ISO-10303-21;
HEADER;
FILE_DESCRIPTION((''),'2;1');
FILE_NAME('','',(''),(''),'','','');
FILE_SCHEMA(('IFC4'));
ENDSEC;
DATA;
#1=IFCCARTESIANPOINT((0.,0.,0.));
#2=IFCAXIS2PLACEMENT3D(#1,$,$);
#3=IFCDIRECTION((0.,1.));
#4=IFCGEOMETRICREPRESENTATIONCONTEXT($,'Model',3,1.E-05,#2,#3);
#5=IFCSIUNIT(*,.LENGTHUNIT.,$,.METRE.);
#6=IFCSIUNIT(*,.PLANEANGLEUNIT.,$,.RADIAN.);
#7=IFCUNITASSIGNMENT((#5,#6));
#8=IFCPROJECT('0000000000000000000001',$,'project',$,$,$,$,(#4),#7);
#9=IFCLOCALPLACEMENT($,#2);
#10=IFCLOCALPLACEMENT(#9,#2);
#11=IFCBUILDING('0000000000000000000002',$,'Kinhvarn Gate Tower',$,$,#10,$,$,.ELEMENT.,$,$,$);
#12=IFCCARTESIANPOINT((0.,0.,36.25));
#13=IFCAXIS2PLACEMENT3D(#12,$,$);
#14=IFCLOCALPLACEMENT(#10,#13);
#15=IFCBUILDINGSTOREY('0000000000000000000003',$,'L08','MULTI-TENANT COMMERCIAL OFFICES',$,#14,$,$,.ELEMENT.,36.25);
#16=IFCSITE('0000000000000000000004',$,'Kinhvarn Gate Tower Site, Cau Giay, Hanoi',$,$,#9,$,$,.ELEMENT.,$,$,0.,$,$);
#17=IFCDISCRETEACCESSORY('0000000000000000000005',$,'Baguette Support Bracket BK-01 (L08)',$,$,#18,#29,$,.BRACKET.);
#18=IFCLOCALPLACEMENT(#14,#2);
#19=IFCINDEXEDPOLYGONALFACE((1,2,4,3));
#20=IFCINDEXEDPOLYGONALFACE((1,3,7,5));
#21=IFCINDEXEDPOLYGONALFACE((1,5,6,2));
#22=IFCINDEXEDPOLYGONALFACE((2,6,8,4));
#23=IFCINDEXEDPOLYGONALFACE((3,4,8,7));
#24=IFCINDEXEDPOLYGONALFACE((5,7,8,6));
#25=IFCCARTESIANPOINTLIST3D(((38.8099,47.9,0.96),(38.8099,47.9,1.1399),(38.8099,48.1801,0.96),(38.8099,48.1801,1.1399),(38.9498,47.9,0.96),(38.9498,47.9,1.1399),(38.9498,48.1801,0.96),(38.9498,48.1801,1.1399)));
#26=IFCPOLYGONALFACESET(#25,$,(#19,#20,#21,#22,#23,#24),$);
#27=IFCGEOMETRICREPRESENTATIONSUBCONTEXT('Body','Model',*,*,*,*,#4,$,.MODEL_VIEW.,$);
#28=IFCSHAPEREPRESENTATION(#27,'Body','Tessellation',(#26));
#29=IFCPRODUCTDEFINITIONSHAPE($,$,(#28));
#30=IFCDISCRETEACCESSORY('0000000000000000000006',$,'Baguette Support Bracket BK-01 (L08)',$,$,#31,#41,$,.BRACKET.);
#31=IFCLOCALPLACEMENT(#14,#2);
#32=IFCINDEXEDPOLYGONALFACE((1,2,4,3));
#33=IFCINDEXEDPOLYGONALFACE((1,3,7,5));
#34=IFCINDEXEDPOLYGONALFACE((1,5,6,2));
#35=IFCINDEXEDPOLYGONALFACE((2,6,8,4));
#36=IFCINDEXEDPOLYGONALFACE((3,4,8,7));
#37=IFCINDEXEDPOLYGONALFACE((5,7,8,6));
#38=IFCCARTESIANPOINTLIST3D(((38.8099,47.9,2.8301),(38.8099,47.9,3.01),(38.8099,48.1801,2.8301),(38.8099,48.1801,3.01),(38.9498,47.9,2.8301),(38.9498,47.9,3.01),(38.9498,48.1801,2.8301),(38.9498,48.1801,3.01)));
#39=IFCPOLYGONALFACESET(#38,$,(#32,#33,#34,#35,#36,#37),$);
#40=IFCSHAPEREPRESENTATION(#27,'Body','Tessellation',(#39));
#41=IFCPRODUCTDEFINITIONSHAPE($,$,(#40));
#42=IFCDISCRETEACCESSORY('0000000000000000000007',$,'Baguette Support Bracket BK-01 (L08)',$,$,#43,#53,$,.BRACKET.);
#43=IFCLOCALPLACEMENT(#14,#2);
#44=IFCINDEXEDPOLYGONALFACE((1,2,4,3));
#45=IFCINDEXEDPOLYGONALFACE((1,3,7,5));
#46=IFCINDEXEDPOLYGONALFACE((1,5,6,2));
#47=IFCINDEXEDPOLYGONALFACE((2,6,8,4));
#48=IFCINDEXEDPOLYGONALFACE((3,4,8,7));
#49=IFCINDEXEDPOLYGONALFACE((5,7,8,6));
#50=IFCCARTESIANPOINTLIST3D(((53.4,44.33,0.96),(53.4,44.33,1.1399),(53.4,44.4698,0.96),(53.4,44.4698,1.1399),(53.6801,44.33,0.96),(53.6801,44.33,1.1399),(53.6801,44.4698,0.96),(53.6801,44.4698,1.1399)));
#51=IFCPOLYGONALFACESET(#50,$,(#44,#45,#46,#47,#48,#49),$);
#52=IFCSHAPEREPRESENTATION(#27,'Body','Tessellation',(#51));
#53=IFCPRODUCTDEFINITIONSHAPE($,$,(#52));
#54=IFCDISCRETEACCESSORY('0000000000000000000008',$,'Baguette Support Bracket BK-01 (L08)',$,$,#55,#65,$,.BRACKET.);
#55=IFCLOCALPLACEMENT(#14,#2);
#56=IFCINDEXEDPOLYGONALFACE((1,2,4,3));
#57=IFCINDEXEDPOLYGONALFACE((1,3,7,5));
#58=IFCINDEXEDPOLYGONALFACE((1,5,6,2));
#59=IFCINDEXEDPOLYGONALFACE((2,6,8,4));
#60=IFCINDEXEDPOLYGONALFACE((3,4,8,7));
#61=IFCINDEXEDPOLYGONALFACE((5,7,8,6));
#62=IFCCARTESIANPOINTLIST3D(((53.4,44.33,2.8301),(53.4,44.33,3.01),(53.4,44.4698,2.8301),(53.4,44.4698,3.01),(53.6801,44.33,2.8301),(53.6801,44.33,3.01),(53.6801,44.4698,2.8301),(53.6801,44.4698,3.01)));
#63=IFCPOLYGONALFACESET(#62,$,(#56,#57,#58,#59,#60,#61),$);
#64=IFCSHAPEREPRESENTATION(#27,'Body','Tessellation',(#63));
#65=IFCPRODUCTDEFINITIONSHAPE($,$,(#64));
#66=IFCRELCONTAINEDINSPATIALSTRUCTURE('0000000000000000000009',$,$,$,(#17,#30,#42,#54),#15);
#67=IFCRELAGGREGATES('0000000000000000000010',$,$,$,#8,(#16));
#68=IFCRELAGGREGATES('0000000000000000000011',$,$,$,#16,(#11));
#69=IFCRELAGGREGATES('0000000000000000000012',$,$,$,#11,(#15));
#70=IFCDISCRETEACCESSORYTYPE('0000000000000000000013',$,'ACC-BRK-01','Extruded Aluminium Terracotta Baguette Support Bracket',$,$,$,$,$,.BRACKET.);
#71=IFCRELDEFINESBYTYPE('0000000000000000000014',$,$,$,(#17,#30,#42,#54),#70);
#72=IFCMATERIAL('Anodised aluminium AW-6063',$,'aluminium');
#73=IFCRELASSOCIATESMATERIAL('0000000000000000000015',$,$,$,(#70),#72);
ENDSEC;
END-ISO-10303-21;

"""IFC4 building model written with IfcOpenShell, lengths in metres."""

from ifc_helpers import new_model, si_unit, direction, frame, origin, origin_2d, place, context, subcontext, project, spatial, rectangle, extrude, material, type_object, element, save


model = new_model("IFC4")

# Units and contexts
model_context = context("Model", 3, precision=1e-05, world=origin(), true_north=direction((0.0, 1.0)))
body_context = subcontext(model_context, "Body", "Model", "MODEL_VIEW")
ifc_project = project(units=[si_unit("LENGTHUNIT", "METRE"), si_unit("PLANEANGLEUNIT", "RADIAN")], contexts=[model_context])

# Site, building, storey
site_placement = place(None, origin())
site = spatial("IfcSite", under=ifc_project, at=site_placement, Name="Kinhvarn Gate Tower Site, Cau Giay, Hanoi", CompositionType="ELEMENT", RefElevation=0.0)
building_placement = place(site_placement, origin())
building = spatial("IfcBuilding", under=site, at=building_placement, Name="Kinhvarn Gate Tower", CompositionType="ELEMENT")
storey_placement = place(building_placement, frame((0.0, 0.0, 36.25)))
storey = spatial("IfcBuildingStorey", under=building, at=storey_placement, Name="L08", Description="MULTI-TENANT COMMERCIAL OFFICES", CompositionType="ELEMENT", Elevation=36.25)

# Shared definitions
ifc_material_1 = material(Name="Anodised aluminium AW-6063", Category="aluminium")

# Discrete accessories
discrete_accessory_type = type_object("IfcDiscreteAccessoryType", Name="ACC-BRK-01", Description="Extruded Aluminium Terracotta Baguette Support Bracket", PredefinedType="BRACKET", material=ifc_material_1)
for number, where, z_axis, x_axis, name in (
    (1, (38.8799, 48.04, 0.96), (0.0, 0.0, 1.0), (-1.0, 0.0, 0.0), "Baguette Support Bracket BK-01 (L08)"),
    (2, (38.8799, 48.04, 2.8301), (0.0, 0.0, 1.0), (-1.0, 0.0, 0.0), "Baguette Support Bracket BK-01 (L08)"),
    (3, (53.54, 44.3999, 0.96), (0.0, 0.0, 1.0), (0.0, 1.0, 0.0), "Baguette Support Bracket BK-01 (L08)"),
    (4, (53.54, 44.3999, 2.8301), (0.0, 0.0, 1.0), (0.0, 1.0, 0.0), "Baguette Support Bracket BK-01 (L08)"),
):
    element("IfcDiscreteAccessory", number, at=place(storey_placement, frame(where, z_axis=z_axis, x_axis=x_axis)), inside=storey, type_object=discrete_accessory_type, Name=name, PredefinedType="BRACKET", context=body_context, shape_type="SweptSolid", body=[
        extrude(rectangle(XDim=0.1399, YDim=0.28, at=origin_2d()), origin(), (0.0, 0.0, 1.0), 0.1799),
    ])

save(model, "model.ifc")
